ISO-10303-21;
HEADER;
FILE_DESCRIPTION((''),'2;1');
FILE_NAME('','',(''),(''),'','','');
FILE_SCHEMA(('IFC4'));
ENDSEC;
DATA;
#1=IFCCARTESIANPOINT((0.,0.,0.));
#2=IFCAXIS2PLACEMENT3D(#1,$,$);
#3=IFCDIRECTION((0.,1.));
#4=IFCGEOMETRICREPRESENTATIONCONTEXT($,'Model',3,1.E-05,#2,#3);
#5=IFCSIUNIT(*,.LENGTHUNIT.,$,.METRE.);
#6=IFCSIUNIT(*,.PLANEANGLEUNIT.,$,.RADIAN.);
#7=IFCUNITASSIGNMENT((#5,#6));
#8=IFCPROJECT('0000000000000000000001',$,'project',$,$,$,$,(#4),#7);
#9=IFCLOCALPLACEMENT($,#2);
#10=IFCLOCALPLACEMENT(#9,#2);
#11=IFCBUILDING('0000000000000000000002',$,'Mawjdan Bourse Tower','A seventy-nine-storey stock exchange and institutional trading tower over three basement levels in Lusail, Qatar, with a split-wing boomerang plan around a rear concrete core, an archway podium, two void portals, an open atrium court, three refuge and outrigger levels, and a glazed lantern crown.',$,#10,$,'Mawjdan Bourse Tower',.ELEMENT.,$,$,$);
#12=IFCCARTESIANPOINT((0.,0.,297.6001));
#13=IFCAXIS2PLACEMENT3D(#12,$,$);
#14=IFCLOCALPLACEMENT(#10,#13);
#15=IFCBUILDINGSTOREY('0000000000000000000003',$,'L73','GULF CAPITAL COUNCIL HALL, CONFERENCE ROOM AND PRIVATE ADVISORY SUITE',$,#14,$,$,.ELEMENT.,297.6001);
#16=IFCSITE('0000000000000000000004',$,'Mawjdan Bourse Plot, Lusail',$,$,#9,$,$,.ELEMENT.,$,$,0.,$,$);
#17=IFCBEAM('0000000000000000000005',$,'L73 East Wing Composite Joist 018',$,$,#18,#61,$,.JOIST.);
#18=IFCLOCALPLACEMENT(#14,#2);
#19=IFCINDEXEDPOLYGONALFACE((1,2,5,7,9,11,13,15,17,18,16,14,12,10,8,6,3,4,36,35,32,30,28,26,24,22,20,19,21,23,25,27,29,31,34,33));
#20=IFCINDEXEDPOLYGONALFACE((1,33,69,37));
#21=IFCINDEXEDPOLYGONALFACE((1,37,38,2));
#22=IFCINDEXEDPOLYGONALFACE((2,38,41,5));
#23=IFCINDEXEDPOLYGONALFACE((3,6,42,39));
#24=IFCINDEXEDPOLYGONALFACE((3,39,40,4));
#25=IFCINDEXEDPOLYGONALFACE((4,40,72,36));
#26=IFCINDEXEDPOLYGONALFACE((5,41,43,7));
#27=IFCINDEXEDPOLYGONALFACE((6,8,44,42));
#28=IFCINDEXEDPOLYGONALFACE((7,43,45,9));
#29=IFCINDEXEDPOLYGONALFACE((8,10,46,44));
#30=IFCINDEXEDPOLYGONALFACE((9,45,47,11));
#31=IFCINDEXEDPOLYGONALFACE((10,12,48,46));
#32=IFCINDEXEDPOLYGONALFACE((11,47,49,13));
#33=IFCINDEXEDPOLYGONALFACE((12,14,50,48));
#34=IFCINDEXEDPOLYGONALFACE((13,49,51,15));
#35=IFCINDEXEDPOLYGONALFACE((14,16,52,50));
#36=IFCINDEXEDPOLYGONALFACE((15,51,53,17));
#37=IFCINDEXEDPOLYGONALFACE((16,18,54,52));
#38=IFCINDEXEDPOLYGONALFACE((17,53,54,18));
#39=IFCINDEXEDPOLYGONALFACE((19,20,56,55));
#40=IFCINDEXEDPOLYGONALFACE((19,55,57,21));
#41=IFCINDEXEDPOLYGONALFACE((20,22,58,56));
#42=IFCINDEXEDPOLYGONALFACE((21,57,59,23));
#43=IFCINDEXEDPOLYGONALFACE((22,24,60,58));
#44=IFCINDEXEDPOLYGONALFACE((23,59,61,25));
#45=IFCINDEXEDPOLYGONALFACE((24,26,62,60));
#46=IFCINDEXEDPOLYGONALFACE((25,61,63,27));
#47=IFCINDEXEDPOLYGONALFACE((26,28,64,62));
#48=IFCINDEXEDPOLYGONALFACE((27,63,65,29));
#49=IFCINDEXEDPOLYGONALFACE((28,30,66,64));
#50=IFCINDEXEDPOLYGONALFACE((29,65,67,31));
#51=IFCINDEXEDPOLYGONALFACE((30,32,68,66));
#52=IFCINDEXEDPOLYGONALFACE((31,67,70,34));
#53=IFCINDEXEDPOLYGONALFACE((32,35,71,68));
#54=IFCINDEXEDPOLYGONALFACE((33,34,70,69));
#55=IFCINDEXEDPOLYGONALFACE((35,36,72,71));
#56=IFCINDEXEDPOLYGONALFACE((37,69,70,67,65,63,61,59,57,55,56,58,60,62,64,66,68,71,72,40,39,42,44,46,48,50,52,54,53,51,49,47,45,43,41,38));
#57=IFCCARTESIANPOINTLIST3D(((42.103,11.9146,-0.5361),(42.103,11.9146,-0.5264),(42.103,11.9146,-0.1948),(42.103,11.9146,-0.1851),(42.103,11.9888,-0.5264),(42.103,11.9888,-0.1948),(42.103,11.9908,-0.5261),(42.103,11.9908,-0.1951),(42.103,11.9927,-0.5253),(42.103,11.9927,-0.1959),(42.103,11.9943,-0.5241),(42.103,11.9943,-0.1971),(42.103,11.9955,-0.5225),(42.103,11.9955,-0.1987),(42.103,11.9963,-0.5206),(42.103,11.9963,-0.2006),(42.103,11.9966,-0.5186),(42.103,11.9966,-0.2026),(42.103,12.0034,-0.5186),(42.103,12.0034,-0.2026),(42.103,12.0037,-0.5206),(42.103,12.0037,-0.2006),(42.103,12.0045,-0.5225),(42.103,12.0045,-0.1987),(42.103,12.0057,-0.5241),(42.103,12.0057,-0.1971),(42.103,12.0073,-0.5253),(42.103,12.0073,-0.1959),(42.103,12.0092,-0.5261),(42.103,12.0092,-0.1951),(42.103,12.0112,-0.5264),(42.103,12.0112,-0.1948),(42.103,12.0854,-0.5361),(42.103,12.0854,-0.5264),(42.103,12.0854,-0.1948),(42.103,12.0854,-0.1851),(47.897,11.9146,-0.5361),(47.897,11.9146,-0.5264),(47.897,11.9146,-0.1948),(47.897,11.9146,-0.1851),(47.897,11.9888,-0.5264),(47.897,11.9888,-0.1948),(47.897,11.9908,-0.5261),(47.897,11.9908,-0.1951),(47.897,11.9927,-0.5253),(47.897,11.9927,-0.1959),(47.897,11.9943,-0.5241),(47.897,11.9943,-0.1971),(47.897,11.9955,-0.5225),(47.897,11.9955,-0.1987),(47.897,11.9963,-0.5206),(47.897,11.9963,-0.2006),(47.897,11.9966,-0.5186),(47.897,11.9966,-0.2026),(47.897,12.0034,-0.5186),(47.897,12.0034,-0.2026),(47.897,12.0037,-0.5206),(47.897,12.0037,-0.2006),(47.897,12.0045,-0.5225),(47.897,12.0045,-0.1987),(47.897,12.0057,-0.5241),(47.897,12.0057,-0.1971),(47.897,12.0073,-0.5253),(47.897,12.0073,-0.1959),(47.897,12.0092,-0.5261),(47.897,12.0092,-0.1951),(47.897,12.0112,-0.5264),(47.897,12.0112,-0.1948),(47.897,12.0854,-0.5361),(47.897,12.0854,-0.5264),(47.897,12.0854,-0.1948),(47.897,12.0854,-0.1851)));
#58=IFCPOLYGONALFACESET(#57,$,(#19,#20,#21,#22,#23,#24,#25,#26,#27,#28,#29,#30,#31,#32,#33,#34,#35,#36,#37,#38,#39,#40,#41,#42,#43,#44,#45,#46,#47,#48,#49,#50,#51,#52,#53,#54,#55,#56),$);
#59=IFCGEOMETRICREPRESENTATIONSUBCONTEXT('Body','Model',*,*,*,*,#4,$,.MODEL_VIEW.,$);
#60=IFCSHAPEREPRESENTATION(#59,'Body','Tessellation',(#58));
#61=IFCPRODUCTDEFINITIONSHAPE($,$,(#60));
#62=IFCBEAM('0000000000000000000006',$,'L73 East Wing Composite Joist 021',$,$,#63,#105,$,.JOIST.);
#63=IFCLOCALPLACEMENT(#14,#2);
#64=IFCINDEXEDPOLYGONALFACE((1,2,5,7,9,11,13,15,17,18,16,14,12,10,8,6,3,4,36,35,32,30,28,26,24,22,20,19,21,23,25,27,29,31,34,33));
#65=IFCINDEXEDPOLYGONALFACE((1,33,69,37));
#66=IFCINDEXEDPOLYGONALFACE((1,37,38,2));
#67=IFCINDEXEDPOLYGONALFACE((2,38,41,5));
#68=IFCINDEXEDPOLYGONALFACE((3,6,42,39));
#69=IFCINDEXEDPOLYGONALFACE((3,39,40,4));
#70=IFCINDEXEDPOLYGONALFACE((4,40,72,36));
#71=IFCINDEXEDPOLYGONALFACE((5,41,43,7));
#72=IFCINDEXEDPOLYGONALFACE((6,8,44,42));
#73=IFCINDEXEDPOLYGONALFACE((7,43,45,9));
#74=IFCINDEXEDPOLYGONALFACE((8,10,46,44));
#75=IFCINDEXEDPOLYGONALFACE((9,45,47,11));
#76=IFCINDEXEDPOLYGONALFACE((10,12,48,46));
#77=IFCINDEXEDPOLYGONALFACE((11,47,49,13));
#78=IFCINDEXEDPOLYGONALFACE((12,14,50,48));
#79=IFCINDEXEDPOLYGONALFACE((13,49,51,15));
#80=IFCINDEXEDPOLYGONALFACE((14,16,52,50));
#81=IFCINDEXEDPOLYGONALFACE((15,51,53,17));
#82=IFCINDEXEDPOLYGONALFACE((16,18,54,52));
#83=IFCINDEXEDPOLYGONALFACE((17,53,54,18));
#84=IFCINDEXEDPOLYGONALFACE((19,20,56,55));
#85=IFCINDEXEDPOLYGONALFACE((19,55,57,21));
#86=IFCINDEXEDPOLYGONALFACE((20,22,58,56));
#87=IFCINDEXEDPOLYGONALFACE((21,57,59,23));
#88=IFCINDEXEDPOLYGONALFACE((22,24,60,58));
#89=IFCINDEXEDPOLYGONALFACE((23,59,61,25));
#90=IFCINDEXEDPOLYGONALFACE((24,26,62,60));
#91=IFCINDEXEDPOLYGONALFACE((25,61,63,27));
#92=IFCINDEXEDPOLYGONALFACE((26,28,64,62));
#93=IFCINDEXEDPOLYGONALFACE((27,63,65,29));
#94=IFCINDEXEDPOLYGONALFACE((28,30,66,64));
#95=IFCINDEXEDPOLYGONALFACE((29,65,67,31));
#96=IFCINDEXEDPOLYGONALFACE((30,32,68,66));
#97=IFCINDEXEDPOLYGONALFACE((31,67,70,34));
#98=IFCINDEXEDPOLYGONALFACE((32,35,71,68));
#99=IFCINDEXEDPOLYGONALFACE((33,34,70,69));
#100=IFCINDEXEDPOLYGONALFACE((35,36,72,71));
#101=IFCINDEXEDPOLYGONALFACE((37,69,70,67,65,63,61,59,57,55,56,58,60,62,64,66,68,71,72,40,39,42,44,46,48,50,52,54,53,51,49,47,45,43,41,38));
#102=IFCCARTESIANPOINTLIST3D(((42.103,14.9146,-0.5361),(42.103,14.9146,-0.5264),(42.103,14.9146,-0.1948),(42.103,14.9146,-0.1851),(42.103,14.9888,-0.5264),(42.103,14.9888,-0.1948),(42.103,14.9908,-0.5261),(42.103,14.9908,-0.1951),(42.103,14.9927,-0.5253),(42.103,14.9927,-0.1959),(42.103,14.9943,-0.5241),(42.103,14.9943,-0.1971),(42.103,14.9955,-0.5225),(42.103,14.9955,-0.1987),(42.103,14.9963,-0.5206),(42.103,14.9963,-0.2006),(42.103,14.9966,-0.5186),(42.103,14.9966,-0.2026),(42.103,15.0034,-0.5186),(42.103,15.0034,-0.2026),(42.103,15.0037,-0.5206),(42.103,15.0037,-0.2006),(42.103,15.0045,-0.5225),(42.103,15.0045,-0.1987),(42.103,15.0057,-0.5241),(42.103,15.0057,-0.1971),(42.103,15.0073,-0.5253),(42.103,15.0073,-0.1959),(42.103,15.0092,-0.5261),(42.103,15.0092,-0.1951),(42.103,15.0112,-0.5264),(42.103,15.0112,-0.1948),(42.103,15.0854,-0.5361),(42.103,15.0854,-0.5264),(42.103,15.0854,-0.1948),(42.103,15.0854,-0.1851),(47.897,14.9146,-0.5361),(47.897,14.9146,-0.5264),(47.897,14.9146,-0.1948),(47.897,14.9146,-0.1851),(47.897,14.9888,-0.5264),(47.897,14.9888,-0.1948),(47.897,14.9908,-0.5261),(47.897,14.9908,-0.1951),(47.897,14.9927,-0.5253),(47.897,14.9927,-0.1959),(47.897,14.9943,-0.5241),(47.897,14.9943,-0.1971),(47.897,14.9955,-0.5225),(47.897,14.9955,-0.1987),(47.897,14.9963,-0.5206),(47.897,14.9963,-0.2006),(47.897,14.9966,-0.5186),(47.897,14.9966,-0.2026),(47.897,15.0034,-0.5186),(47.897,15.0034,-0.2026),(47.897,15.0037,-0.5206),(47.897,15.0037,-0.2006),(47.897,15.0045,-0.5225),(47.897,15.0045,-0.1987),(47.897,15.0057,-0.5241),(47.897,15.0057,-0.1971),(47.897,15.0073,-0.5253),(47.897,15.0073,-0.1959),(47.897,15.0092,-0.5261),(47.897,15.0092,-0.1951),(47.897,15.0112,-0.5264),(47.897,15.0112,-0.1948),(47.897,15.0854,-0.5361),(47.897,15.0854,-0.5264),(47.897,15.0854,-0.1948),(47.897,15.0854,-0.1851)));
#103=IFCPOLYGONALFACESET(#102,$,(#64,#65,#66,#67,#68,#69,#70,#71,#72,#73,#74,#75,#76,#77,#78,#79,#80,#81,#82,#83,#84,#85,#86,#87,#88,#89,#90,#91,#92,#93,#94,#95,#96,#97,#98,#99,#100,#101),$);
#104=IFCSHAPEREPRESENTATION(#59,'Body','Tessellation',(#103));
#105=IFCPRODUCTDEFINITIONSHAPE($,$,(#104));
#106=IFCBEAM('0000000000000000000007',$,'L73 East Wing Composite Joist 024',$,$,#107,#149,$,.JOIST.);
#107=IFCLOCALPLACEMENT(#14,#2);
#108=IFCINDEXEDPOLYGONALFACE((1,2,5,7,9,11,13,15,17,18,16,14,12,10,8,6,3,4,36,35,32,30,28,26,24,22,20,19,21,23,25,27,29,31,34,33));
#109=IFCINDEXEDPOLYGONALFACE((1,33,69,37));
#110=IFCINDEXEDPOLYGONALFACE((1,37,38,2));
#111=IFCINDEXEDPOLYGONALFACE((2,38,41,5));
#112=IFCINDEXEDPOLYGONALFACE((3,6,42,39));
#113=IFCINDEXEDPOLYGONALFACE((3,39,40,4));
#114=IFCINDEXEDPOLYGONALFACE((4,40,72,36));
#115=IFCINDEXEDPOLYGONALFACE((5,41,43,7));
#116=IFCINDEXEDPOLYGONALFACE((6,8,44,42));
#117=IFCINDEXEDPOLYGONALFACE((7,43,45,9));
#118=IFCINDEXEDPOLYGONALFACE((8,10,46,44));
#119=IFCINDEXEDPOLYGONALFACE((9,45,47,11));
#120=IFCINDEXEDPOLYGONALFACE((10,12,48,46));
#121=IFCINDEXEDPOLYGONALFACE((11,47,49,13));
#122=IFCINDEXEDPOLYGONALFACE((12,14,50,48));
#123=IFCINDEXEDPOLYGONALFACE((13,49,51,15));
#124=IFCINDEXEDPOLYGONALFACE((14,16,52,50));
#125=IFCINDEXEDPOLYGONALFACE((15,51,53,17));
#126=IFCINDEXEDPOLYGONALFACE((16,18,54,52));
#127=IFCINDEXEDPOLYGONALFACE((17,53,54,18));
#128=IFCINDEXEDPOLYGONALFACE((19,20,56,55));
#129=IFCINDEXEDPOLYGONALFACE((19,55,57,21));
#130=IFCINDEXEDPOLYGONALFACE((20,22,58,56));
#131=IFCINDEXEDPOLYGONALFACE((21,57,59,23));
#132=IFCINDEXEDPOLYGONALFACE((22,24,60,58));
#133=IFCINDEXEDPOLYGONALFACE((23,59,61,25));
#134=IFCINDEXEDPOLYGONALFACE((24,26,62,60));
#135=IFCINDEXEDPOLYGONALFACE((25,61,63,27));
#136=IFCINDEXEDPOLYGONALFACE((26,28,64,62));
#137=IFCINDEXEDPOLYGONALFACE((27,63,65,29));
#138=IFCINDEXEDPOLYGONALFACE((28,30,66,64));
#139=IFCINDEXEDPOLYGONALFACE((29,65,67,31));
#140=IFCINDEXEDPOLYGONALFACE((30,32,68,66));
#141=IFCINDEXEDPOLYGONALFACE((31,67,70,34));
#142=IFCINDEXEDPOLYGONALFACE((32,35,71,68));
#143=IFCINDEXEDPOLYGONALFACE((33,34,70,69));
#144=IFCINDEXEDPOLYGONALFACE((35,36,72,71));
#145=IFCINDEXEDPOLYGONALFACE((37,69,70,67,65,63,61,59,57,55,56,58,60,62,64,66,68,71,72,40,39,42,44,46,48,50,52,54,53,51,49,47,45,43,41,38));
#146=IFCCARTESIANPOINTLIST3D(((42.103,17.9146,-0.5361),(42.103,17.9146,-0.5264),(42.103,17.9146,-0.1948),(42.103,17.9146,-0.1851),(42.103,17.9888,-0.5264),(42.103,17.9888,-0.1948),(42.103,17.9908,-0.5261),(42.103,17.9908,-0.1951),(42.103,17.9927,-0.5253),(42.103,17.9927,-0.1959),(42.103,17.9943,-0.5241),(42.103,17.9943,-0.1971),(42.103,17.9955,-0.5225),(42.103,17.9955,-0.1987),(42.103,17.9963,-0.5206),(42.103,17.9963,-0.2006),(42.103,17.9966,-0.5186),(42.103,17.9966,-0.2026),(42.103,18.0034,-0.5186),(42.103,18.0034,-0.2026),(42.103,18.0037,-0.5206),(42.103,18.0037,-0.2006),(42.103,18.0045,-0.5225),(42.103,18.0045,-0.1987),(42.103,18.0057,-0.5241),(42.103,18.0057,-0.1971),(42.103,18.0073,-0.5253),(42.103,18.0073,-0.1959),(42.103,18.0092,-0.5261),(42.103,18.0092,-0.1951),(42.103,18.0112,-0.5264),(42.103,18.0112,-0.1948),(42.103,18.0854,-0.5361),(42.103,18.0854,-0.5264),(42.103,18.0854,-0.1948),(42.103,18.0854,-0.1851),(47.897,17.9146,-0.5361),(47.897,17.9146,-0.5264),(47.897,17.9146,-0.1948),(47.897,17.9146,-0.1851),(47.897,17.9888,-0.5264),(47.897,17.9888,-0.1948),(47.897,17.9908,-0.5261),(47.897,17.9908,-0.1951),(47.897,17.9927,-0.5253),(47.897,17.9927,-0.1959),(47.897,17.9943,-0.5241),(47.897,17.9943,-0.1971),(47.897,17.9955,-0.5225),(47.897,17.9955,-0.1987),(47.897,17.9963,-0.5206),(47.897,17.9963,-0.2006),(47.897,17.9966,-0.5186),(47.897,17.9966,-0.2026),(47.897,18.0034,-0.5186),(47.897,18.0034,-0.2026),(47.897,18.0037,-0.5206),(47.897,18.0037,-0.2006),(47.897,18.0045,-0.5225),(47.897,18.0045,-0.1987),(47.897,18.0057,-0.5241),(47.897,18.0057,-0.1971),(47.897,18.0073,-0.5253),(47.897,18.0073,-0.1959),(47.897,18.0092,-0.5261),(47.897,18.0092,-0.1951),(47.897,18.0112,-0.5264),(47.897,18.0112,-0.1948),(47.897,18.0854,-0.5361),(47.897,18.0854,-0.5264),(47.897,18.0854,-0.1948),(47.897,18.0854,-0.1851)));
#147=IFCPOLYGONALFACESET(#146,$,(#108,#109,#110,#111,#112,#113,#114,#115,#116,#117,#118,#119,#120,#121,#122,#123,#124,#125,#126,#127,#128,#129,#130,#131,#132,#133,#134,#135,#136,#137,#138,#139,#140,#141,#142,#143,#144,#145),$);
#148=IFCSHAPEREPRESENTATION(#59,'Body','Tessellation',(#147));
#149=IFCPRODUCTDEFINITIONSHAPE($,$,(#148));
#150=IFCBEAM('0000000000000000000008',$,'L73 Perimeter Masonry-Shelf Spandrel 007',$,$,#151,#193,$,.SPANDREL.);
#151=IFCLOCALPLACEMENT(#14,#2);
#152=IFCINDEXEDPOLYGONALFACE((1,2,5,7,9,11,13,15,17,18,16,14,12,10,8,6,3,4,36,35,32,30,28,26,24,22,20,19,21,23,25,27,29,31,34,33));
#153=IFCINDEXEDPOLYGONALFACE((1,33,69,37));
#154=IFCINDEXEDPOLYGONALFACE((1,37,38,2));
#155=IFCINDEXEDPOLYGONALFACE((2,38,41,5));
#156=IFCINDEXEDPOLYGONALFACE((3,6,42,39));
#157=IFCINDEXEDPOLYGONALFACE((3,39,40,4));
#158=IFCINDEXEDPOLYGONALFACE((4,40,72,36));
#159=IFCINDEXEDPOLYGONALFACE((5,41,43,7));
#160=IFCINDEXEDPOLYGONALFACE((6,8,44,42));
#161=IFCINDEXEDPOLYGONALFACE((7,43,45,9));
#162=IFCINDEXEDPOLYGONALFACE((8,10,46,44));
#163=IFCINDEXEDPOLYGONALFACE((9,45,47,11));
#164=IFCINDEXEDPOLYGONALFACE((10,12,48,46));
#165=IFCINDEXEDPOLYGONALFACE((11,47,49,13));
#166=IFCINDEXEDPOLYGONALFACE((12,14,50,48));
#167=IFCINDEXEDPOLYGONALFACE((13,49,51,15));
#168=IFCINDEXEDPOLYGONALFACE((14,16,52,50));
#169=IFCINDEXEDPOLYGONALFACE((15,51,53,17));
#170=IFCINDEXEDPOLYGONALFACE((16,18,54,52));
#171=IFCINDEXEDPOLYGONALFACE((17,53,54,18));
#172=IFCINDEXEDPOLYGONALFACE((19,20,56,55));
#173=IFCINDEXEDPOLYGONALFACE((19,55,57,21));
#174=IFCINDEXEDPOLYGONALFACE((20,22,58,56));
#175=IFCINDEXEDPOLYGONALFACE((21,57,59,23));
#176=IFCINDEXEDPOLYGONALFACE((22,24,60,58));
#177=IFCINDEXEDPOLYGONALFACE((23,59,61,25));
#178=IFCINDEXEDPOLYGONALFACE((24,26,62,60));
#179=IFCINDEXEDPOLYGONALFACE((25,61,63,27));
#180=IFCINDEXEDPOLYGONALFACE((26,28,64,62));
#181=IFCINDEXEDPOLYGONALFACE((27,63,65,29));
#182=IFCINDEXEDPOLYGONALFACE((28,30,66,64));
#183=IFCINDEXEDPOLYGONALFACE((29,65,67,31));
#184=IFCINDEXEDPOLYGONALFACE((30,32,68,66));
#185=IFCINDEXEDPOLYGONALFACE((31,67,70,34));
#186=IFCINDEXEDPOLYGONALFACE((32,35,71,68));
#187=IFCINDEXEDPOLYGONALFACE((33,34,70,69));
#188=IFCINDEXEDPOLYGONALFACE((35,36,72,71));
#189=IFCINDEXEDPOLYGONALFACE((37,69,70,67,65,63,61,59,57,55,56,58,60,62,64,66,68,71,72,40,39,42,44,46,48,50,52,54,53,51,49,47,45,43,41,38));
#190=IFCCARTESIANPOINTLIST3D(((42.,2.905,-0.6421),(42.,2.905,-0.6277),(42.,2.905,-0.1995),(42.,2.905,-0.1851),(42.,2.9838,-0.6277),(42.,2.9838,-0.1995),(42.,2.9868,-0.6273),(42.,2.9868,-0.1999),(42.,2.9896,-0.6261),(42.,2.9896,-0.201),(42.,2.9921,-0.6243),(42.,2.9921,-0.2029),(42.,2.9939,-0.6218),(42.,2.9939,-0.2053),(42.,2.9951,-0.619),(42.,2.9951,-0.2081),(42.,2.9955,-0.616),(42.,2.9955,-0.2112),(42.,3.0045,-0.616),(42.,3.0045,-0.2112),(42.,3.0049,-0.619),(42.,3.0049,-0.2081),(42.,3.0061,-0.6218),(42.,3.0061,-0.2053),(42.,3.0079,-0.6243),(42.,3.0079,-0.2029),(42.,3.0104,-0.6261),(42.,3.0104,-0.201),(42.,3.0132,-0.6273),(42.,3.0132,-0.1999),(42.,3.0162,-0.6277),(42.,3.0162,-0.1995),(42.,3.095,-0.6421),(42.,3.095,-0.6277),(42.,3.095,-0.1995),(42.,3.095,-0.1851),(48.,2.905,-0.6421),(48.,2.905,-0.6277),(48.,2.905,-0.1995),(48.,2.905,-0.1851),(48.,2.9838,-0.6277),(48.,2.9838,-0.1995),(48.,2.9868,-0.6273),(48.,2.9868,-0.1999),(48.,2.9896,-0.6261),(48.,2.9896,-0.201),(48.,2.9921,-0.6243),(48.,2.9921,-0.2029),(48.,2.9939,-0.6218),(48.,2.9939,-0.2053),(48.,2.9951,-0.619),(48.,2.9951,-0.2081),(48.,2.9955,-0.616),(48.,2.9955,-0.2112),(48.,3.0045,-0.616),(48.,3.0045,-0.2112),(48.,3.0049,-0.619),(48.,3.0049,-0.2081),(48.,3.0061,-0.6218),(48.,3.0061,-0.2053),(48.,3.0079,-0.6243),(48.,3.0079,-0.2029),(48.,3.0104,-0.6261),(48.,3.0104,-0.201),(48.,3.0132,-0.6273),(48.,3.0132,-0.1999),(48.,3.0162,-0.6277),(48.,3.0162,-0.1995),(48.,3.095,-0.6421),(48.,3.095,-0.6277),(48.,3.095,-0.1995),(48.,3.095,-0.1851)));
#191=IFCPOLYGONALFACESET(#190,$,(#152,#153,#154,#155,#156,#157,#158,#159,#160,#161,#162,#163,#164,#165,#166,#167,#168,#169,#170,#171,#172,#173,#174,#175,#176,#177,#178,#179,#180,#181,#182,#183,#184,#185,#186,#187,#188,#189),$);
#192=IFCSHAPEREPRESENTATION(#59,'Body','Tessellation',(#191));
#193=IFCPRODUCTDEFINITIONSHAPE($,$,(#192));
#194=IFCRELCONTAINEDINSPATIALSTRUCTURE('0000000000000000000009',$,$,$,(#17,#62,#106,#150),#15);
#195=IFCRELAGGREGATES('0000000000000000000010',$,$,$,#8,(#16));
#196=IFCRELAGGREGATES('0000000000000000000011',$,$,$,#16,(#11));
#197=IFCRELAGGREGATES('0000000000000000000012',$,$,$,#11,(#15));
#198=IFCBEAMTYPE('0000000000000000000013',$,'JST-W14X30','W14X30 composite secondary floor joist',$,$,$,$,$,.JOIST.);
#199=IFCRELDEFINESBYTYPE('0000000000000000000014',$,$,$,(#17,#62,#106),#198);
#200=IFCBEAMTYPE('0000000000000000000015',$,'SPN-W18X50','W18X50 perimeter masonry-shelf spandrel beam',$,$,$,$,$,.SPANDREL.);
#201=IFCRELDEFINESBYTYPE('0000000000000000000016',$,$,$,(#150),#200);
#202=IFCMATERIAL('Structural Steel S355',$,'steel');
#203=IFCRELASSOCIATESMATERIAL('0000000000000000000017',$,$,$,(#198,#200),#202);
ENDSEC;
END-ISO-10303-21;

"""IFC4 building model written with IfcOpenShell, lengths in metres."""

from ifc_helpers import new_model, si_unit, direction, frame, origin, origin_2d, place, context, subcontext, project, spatial, i_section, extrude, material, material_profile, profile_set, type_object, element, save


model = new_model("IFC4")

# Units and contexts
model_context = context("Model", 3, precision=1e-05, world=origin(), true_north=direction((0.0, 1.0)))
body_context = subcontext(model_context, "Body", "Model", "MODEL_VIEW")
ifc_project = project(units=[si_unit("LENGTHUNIT", "METRE"), si_unit("PLANEANGLEUNIT", "RADIAN")], contexts=[model_context])

# Site, building, storey
site_placement = place(None, origin())
site = spatial("IfcSite", under=ifc_project, at=site_placement, Name="Mawjdan Bourse Plot, Lusail", CompositionType="ELEMENT", RefElevation=0.0)
building_placement = place(site_placement, origin())
building = spatial("IfcBuilding", under=site, at=building_placement, Name="Mawjdan Bourse Tower", Description="A seventy-nine-storey stock exchange and institutional trading tower over three basement levels in Lusail, Qatar, with a split-wing boomerang plan around a rear concrete core, an archway podium, two void portals, an open atrium court, three refuge and outrigger levels, and a glazed lantern crown.", LongName="Mawjdan Bourse Tower", CompositionType="ELEMENT")
storey_placement = place(building_placement, frame((0.0, 0.0, 297.6001)))
storey = spatial("IfcBuildingStorey", under=building, at=storey_placement, Name="L73", Description="GULF CAPITAL COUNCIL HALL, CONFERENCE ROOM AND PRIVATE ADVISORY SUITE", CompositionType="ELEMENT", Elevation=297.6001)

# Beams
ifc_material_1 = material(Name="Structural Steel S355", Category="steel")
ifc_material_profile_1 = material_profile(ifc_material_1, i_section(OverallWidth=0.1709, OverallDepth=0.3511, WebThickness=0.0068, FlangeThickness=0.0098, FilletRadius=0.0078, at=origin_2d()), Name="W14X30")
ifc_profile_set_1 = profile_set([ifc_material_profile_1], Name="Structural Steel S355")
beam_type_1 = type_object("IfcBeamType", Name="JST-W14X30", Description="W14X30 composite secondary floor joist", PredefinedType="JOIST", material=ifc_profile_set_1)
for number, where, z_axis, x_axis, name in (
    (1, (42.103, 12.0, -0.3606), (1.0, 0.0, 0.0), (0.0, 1.0, 0.0), "L73 East Wing Composite Joist 018"),
    (2, (42.103, 15.0, -0.3606), (1.0, 0.0, 0.0), (0.0, 1.0, 0.0), "L73 East Wing Composite Joist 021"),
    (3, (42.103, 18.0, -0.3606), (1.0, 0.0, 0.0), (0.0, 1.0, 0.0), "L73 East Wing Composite Joist 024"),
):
    element("IfcBeam", number, at=place(storey_placement, frame(where, z_axis=z_axis, x_axis=x_axis)), inside=storey, type_object=beam_type_1, Name=name, PredefinedType="JOIST", context=body_context, shape_type="SweptSolid", body=[
        extrude(i_section(OverallWidth=0.1709, OverallDepth=0.3511, WebThickness=0.0068, FlangeThickness=0.0098, FilletRadius=0.0078, at=origin_2d()), origin(), (0.0, 0.0, 1.0), 5.7939),
    ])
ifc_material_profile_2 = material_profile(ifc_material_1, i_section(OverallWidth=0.1899, OverallDepth=0.457, WebThickness=0.009, FlangeThickness=0.0144, FilletRadius=0.0117, at=origin_2d()), Name="W18X50")
ifc_profile_set_2 = profile_set([ifc_material_profile_2], Name="Structural Steel S355")
beam_type_2 = type_object("IfcBeamType", Name="SPN-W18X50", Description="W18X50 perimeter masonry-shelf spandrel beam", PredefinedType="SPANDREL", material=ifc_profile_set_2)
for number, where, z_axis, x_axis, name in (
    (4, (42.0, 3.0, -0.4136), (1.0, 0.0, 0.0), (0.0, 1.0, 0.0), "L73 Perimeter Masonry-Shelf Spandrel 007"),
):
    element("IfcBeam", number, at=place(storey_placement, frame(where, z_axis=z_axis, x_axis=x_axis)), inside=storey, type_object=beam_type_2, Name=name, PredefinedType="SPANDREL", context=body_context, shape_type="SweptSolid", body=[
        extrude(i_section(OverallWidth=0.1899, OverallDepth=0.457, WebThickness=0.009, FlangeThickness=0.0144, FilletRadius=0.0117, at=origin_2d()), origin(), (0.0, 0.0, 1.0), 6.0),
    ])

save(model, "model.ifc")
